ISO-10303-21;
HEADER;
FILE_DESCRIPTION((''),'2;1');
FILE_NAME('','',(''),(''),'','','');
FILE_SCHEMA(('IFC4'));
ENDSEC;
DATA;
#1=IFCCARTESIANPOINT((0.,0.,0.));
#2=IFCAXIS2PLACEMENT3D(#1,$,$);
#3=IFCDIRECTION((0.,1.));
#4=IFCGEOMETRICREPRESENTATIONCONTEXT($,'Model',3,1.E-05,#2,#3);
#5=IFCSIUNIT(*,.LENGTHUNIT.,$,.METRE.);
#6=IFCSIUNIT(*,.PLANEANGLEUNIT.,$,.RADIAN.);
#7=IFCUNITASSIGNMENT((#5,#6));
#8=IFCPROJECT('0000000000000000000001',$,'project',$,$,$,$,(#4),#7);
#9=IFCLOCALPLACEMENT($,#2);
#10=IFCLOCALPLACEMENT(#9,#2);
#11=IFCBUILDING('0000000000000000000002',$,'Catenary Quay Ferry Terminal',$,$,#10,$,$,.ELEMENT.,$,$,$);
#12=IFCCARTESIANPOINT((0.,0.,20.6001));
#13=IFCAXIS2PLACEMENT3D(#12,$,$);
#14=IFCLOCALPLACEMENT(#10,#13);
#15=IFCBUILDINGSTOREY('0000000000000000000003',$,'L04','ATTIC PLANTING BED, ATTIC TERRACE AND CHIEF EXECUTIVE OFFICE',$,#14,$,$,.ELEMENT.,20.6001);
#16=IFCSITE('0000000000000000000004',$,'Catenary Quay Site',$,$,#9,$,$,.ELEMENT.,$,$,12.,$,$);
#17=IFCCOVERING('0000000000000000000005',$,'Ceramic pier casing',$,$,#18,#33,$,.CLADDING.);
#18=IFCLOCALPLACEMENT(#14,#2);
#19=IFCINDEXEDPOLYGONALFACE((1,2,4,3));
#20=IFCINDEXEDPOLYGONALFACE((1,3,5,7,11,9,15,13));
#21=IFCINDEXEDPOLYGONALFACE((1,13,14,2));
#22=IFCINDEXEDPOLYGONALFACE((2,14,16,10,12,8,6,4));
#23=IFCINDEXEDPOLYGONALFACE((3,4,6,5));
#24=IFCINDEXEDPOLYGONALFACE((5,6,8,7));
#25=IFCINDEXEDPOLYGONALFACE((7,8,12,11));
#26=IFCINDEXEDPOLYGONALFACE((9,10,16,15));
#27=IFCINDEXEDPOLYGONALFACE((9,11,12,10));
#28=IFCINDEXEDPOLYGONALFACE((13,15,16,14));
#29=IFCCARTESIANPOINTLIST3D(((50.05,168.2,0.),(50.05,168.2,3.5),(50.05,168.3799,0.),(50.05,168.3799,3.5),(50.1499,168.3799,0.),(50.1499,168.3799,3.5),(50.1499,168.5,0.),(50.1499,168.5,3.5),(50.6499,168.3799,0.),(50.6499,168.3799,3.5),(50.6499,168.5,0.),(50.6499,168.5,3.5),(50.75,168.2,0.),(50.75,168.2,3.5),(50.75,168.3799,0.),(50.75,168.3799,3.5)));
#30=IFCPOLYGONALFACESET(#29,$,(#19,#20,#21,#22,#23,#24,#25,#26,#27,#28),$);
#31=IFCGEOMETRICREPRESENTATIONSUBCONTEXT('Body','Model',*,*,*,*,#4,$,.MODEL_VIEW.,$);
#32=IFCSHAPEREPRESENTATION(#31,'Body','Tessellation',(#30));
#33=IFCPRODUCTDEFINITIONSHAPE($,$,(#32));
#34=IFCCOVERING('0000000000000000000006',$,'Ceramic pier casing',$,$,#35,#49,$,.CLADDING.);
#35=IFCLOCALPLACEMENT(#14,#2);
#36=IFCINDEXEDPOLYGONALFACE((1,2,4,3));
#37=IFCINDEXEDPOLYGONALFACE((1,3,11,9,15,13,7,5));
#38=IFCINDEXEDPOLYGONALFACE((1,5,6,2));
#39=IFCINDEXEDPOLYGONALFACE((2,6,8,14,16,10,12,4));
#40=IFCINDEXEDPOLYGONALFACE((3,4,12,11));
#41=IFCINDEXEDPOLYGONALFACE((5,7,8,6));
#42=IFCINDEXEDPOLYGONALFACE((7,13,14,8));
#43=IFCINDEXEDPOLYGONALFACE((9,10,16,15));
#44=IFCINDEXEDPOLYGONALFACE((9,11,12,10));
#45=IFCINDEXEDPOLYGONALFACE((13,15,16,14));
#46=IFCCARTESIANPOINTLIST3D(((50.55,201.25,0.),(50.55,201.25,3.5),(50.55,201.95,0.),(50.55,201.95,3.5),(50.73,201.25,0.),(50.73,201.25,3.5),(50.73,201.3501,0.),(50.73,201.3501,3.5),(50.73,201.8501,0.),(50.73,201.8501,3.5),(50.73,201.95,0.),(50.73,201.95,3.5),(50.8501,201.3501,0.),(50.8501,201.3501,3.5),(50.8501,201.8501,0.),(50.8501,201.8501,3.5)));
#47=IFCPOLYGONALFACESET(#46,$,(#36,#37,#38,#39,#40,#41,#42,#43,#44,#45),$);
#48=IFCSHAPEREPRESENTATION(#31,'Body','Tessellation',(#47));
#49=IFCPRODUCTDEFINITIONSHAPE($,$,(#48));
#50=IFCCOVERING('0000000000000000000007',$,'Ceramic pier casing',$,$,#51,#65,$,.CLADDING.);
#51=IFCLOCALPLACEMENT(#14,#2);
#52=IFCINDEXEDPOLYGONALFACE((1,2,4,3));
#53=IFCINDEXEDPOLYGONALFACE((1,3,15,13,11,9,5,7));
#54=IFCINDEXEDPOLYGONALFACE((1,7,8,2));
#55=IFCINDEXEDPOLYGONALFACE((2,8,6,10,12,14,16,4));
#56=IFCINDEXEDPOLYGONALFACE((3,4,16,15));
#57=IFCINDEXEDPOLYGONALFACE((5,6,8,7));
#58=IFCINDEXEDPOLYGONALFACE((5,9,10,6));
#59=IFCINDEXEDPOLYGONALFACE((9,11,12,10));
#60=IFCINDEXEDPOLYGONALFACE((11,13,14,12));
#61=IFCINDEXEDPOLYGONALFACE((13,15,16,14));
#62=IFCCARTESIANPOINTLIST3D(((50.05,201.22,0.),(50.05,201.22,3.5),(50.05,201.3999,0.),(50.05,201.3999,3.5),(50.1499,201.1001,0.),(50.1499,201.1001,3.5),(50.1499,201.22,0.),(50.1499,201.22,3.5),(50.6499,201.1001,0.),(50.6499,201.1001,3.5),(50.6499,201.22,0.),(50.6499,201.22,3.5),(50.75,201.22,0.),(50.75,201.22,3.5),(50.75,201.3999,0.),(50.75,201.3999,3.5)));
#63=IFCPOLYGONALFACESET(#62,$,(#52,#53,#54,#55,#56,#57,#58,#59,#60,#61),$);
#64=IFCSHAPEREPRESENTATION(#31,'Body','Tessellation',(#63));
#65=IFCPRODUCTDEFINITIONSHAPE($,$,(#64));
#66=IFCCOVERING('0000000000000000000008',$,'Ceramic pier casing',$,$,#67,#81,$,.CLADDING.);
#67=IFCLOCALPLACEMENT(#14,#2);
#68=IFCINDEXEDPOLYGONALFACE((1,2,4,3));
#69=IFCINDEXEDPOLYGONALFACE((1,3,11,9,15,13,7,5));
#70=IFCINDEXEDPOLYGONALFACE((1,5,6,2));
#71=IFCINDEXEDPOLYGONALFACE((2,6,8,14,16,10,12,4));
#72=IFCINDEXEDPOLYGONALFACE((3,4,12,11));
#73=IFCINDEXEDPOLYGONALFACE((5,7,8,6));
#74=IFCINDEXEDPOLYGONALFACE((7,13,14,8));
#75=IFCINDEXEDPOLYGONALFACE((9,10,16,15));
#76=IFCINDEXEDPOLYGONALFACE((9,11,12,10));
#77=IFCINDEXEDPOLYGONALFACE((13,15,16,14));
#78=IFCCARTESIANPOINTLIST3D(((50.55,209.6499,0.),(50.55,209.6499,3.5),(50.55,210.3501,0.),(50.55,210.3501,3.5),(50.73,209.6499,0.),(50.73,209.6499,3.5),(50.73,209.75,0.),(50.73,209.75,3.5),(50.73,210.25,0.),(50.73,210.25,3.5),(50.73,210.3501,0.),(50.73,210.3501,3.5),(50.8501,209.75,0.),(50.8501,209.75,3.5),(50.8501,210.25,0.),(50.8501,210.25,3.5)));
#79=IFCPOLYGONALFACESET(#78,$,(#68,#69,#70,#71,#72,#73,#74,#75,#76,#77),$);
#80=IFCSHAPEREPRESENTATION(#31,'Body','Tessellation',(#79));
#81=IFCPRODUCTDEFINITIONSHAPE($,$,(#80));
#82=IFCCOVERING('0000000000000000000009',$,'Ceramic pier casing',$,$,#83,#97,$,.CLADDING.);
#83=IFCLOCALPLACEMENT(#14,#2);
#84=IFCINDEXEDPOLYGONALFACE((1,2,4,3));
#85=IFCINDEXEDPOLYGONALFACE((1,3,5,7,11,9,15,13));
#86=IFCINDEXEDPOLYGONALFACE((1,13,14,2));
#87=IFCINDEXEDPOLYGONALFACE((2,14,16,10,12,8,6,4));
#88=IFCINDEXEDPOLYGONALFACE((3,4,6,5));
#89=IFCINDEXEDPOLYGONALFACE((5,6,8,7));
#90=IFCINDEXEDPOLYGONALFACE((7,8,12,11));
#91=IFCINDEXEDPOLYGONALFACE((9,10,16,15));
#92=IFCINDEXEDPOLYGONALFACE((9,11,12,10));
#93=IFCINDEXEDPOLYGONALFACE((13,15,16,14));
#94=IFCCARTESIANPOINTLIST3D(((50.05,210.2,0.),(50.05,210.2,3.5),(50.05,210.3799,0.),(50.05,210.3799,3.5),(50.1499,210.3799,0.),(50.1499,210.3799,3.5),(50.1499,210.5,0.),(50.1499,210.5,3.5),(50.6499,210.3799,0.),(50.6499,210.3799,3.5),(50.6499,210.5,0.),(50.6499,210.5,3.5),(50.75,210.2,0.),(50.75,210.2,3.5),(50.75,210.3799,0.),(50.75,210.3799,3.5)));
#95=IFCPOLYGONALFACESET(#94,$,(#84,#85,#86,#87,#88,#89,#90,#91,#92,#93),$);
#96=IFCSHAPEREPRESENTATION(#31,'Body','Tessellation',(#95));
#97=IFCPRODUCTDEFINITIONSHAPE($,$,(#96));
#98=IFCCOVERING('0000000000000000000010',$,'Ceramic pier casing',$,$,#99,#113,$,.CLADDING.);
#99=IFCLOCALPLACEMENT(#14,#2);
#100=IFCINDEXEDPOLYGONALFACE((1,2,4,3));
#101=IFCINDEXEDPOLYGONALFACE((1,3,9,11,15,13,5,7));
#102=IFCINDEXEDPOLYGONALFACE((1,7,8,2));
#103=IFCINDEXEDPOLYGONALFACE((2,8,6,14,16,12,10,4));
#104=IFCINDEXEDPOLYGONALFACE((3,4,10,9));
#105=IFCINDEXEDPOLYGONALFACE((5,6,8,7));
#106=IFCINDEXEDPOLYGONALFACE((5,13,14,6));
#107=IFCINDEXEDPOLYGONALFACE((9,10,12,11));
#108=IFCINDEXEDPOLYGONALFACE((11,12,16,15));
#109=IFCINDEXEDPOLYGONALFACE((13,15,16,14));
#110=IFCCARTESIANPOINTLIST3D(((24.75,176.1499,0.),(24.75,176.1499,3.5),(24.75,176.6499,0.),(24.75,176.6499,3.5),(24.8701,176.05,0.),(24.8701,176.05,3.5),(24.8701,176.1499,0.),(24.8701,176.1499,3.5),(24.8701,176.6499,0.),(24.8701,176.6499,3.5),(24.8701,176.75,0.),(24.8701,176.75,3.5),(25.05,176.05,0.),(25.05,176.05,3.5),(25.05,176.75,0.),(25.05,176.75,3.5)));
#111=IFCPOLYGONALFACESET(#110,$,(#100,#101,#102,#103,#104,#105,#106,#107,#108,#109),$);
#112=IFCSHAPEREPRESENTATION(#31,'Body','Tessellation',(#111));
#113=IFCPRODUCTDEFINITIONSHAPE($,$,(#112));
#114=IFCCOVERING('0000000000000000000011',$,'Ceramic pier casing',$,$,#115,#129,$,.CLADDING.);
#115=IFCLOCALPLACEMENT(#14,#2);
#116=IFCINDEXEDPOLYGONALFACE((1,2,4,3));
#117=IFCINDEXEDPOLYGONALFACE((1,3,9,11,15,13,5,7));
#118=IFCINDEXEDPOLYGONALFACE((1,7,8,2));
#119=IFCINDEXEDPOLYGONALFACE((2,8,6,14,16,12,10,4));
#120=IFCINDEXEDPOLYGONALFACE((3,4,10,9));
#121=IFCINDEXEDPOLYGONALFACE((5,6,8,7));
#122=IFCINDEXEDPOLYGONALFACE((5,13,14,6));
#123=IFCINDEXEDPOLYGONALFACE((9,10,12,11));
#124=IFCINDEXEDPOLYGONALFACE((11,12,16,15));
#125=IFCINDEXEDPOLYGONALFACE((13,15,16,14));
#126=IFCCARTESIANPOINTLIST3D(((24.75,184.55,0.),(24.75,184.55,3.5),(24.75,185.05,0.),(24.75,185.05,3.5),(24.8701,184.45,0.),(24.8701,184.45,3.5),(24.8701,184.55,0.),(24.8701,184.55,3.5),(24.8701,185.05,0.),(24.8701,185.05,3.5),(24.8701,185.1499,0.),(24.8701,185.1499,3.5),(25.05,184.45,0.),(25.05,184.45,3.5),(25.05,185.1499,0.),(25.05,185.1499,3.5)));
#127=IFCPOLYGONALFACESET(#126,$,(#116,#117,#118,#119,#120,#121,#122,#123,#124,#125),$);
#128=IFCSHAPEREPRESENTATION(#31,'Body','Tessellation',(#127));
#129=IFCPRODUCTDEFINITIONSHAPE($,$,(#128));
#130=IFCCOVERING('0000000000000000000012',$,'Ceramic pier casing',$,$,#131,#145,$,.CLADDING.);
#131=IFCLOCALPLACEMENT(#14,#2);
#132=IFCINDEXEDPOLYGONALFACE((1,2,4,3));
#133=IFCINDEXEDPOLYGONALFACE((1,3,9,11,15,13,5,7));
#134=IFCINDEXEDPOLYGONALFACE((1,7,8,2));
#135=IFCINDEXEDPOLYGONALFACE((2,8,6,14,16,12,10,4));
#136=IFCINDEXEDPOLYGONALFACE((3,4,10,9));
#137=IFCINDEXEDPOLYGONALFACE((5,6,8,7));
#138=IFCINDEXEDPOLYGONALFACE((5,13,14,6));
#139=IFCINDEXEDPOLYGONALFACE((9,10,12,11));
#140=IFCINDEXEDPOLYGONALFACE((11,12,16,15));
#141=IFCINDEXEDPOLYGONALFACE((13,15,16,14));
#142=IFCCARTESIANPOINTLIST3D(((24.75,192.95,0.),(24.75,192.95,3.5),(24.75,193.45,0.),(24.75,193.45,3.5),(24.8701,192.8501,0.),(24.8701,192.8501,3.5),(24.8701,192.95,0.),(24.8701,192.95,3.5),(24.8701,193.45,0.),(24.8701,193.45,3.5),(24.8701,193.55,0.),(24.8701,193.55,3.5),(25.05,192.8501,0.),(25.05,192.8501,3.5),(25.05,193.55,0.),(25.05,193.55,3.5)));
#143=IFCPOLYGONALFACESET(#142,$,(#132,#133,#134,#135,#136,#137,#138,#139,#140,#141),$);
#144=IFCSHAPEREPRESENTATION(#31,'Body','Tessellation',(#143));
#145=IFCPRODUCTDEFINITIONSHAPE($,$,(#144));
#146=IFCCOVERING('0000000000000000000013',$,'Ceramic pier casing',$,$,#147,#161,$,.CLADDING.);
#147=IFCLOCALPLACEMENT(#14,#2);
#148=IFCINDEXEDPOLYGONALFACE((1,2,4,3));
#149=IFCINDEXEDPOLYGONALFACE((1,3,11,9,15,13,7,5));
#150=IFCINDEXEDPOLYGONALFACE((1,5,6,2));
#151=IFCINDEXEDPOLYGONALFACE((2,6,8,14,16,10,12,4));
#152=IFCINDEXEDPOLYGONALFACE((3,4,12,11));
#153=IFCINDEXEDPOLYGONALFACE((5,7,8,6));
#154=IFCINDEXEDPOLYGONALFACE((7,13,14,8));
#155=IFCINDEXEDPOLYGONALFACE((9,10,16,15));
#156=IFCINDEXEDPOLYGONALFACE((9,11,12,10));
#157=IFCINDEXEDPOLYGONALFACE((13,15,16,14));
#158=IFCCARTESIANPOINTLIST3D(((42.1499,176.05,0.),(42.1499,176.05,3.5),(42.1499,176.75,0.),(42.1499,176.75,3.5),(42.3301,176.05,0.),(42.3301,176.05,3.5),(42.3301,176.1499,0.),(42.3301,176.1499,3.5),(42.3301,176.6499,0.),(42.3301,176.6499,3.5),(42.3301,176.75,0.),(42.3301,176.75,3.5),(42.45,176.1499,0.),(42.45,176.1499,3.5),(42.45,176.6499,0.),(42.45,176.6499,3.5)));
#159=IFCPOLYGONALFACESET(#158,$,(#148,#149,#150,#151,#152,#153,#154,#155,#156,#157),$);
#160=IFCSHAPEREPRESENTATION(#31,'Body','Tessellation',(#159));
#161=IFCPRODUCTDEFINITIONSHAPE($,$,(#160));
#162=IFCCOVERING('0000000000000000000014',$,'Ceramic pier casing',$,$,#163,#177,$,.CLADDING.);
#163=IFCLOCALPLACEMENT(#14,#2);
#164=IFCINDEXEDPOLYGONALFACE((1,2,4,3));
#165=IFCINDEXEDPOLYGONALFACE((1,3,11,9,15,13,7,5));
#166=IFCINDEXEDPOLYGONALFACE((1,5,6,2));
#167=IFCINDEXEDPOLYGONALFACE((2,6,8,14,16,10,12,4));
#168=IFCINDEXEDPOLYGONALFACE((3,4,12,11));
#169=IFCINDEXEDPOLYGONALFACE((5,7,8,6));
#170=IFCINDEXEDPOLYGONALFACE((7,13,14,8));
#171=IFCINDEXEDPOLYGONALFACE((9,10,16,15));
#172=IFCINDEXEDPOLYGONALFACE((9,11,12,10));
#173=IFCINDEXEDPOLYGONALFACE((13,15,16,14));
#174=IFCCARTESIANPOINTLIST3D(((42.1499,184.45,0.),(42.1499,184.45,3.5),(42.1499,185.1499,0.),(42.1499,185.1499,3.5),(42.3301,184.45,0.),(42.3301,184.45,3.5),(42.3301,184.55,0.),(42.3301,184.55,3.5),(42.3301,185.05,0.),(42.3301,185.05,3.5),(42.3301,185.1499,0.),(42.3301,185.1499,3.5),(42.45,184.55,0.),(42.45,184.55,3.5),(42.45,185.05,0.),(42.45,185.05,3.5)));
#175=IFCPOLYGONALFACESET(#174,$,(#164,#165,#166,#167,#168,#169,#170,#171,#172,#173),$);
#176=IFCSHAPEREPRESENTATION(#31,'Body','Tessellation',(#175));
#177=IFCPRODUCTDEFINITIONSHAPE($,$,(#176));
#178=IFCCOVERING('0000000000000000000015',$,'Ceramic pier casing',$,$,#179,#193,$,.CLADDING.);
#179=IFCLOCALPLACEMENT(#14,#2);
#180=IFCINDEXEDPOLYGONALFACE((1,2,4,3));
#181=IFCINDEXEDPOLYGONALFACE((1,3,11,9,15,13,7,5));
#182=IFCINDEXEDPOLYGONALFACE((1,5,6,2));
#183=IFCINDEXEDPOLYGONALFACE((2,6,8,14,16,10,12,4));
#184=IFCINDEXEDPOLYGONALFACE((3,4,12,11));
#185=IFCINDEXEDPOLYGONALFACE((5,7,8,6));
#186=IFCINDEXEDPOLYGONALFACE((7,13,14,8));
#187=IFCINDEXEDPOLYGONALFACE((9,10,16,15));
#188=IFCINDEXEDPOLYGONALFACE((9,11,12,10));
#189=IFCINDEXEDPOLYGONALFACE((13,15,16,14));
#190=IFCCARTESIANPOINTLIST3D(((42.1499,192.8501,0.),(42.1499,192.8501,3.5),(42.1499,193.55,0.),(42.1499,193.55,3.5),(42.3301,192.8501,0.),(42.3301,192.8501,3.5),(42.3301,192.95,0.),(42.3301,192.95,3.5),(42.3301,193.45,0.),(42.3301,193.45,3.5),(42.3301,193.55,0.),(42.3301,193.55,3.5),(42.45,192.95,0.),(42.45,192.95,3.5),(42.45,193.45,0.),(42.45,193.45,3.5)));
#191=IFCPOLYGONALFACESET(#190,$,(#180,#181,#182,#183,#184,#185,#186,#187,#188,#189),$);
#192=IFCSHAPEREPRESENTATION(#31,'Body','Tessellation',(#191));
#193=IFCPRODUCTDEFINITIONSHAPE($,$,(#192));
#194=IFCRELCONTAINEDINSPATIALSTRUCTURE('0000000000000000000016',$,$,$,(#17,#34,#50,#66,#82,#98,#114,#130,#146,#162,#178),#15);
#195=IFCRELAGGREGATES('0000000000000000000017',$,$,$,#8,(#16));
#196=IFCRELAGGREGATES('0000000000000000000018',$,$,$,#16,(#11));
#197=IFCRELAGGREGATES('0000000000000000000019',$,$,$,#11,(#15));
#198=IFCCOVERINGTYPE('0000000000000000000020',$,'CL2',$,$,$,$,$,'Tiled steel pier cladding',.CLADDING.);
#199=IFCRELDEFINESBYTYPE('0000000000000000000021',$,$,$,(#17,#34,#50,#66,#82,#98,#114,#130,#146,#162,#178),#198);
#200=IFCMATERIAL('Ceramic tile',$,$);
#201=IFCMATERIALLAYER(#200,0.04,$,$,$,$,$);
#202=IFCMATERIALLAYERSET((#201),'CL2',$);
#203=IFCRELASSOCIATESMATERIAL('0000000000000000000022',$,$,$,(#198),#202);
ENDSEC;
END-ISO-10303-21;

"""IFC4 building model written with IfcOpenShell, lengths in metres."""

from ifc_helpers import new_model, si_unit, direction, frame, origin, place, context, subcontext, project, spatial, polyline, outline, extrude, material, layer, layer_set, type_object, element, save


model = new_model("IFC4")

# Units and contexts
model_context = context("Model", 3, precision=1e-05, world=origin(), true_north=direction((0.0, 1.0)))
body_context = subcontext(model_context, "Body", "Model", "MODEL_VIEW")
ifc_project = project(units=[si_unit("LENGTHUNIT", "METRE"), si_unit("PLANEANGLEUNIT", "RADIAN")], contexts=[model_context])

# Site, building, storey
site_placement = place(None, origin())
site = spatial("IfcSite", under=ifc_project, at=site_placement, Name="Catenary Quay Site", CompositionType="ELEMENT", RefElevation=12.0)
building_placement = place(site_placement, origin())
building = spatial("IfcBuilding", under=site, at=building_placement, Name="Catenary Quay Ferry Terminal", CompositionType="ELEMENT")
storey_placement = place(building_placement, frame((0.0, 0.0, 20.6001)))
storey = spatial("IfcBuildingStorey", under=building, at=storey_placement, Name="L04", Description="ATTIC PLANTING BED, ATTIC TERRACE AND CHIEF EXECUTIVE OFFICE", CompositionType="ELEMENT", Elevation=20.6001)

# Coverings
ifc_material_1 = material(Name="Ceramic tile")
ifc_layer_1 = layer(ifc_material_1, 0.04)
ifc_layer_set_1 = layer_set([ifc_layer_1], Name="CL2")
covering_type_1 = type_object("IfcCoveringType", Name="CL2", ElementType="Tiled steel pier cladding", PredefinedType="CLADDING", material=ifc_layer_set_1)
covering_1_placement = place(storey_placement, origin())
element("IfcCovering", 1, at=covering_1_placement, inside=storey, type_object=covering_type_1, Name="Ceramic pier casing", PredefinedType="CLADDING", context=body_context, shape_type="SweptSolid", body=[
    extrude(outline(polyline([(50.75, 168.2), (50.75, 168.3799), (50.6499, 168.3799), (50.6499, 168.5), (50.1499, 168.5), (50.1499, 168.3799), (50.05, 168.3799), (50.05, 168.2), (50.75, 168.2)])), origin(), (0.0, 0.0, 1.0), 3.5),
])
covering_2_placement = place(storey_placement, origin())
element("IfcCovering", 2, at=covering_2_placement, inside=storey, type_object=covering_type_1, Name="Ceramic pier casing", PredefinedType="CLADDING", context=body_context, shape_type="SweptSolid", body=[
    extrude(outline(polyline([(50.55, 201.25), (50.73, 201.25), (50.73, 201.3501), (50.8501, 201.3501), (50.8501, 201.8501), (50.73, 201.8501), (50.73, 201.95), (50.55, 201.95), (50.55, 201.25)])), origin(), (0.0, 0.0, 1.0), 3.5),
])
covering_3_placement = place(storey_placement, origin())
element("IfcCovering", 3, at=covering_3_placement, inside=storey, type_object=covering_type_1, Name="Ceramic pier casing", PredefinedType="CLADDING", context=body_context, shape_type="SweptSolid", body=[
    extrude(outline(polyline([(50.05, 201.3999), (50.05, 201.22), (50.1499, 201.22), (50.1499, 201.1001), (50.6499, 201.1001), (50.6499, 201.22), (50.75, 201.22), (50.75, 201.3999), (50.05, 201.3999)])), origin(), (0.0, 0.0, 1.0), 3.5),
])
covering_4_placement = place(storey_placement, origin())
element("IfcCovering", 4, at=covering_4_placement, inside=storey, type_object=covering_type_1, Name="Ceramic pier casing", PredefinedType="CLADDING", context=body_context, shape_type="SweptSolid", body=[
    extrude(outline(polyline([(50.55, 209.6499), (50.73, 209.6499), (50.73, 209.75), (50.8501, 209.75), (50.8501, 210.25), (50.73, 210.25), (50.73, 210.3501), (50.55, 210.3501), (50.55, 209.6499)])), origin(), (0.0, 0.0, 1.0), 3.5),
])
covering_5_placement = place(storey_placement, origin())
element("IfcCovering", 5, at=covering_5_placement, inside=storey, type_object=covering_type_1, Name="Ceramic pier casing", PredefinedType="CLADDING", context=body_context, shape_type="SweptSolid", body=[
    extrude(outline(polyline([(50.75, 210.2), (50.75, 210.3799), (50.6499, 210.3799), (50.6499, 210.5), (50.1499, 210.5), (50.1499, 210.3799), (50.05, 210.3799), (50.05, 210.2), (50.75, 210.2)])), origin(), (0.0, 0.0, 1.0), 3.5),
])
covering_6_placement = place(storey_placement, origin())
element("IfcCovering", 6, at=covering_6_placement, inside=storey, type_object=covering_type_1, Name="Ceramic pier casing", PredefinedType="CLADDING", context=body_context, shape_type="SweptSolid", body=[
    extrude(outline(polyline([(25.05, 176.75), (24.8701, 176.75), (24.8701, 176.6499), (24.75, 176.6499), (24.75, 176.1499), (24.8701, 176.1499), (24.8701, 176.05), (25.05, 176.05), (25.05, 176.75)])), origin(), (0.0, 0.0, 1.0), 3.5),
])
covering_7_placement = place(storey_placement, origin())
element("IfcCovering", 7, at=covering_7_placement, inside=storey, type_object=covering_type_1, Name="Ceramic pier casing", PredefinedType="CLADDING", context=body_context, shape_type="SweptSolid", body=[
    extrude(outline(polyline([(25.05, 185.1499), (24.8701, 185.1499), (24.8701, 185.05), (24.75, 185.05), (24.75, 184.55), (24.8701, 184.55), (24.8701, 184.45), (25.05, 184.45), (25.05, 185.1499)])), origin(), (0.0, 0.0, 1.0), 3.5),
])
covering_8_placement = place(storey_placement, origin())
element("IfcCovering", 8, at=covering_8_placement, inside=storey, type_object=covering_type_1, Name="Ceramic pier casing", PredefinedType="CLADDING", context=body_context, shape_type="SweptSolid", body=[
    extrude(outline(polyline([(25.05, 193.55), (24.8701, 193.55), (24.8701, 193.45), (24.75, 193.45), (24.75, 192.95), (24.8701, 192.95), (24.8701, 192.8501), (25.05, 192.8501), (25.05, 193.55)])), origin(), (0.0, 0.0, 1.0), 3.5),
])
covering_9_placement = place(storey_placement, origin())
element("IfcCovering", 9, at=covering_9_placement, inside=storey, type_object=covering_type_1, Name="Ceramic pier casing", PredefinedType="CLADDING", context=body_context, shape_type="SweptSolid", body=[
    extrude(outline(polyline([(42.1499, 176.05), (42.3301, 176.05), (42.3301, 176.1499), (42.45, 176.1499), (42.45, 176.6499), (42.3301, 176.6499), (42.3301, 176.75), (42.1499, 176.75), (42.1499, 176.05)])), origin(), (0.0, 0.0, 1.0), 3.5),
])
covering_10_placement = place(storey_placement, origin())
element("IfcCovering", 10, at=covering_10_placement, inside=storey, type_object=covering_type_1, Name="Ceramic pier casing", PredefinedType="CLADDING", context=body_context, shape_type="SweptSolid", body=[
    extrude(outline(polyline([(42.1499, 184.45), (42.3301, 184.45), (42.3301, 184.55), (42.45, 184.55), (42.45, 185.05), (42.3301, 185.05), (42.3301, 185.1499), (42.1499, 185.1499), (42.1499, 184.45)])), origin(), (0.0, 0.0, 1.0), 3.5),
])
covering_11_placement = place(storey_placement, origin())
element("IfcCovering", 11, at=covering_11_placement, inside=storey, type_object=covering_type_1, Name="Ceramic pier casing", PredefinedType="CLADDING", context=body_context, shape_type="SweptSolid", body=[
    extrude(outline(polyline([(42.1499, 192.8501), (42.3301, 192.8501), (42.3301, 192.95), (42.45, 192.95), (42.45, 193.45), (42.3301, 193.45), (42.3301, 193.55), (42.1499, 193.55), (42.1499, 192.8501)])), origin(), (0.0, 0.0, 1.0), 3.5),
])

save(model, "model.ifc")
